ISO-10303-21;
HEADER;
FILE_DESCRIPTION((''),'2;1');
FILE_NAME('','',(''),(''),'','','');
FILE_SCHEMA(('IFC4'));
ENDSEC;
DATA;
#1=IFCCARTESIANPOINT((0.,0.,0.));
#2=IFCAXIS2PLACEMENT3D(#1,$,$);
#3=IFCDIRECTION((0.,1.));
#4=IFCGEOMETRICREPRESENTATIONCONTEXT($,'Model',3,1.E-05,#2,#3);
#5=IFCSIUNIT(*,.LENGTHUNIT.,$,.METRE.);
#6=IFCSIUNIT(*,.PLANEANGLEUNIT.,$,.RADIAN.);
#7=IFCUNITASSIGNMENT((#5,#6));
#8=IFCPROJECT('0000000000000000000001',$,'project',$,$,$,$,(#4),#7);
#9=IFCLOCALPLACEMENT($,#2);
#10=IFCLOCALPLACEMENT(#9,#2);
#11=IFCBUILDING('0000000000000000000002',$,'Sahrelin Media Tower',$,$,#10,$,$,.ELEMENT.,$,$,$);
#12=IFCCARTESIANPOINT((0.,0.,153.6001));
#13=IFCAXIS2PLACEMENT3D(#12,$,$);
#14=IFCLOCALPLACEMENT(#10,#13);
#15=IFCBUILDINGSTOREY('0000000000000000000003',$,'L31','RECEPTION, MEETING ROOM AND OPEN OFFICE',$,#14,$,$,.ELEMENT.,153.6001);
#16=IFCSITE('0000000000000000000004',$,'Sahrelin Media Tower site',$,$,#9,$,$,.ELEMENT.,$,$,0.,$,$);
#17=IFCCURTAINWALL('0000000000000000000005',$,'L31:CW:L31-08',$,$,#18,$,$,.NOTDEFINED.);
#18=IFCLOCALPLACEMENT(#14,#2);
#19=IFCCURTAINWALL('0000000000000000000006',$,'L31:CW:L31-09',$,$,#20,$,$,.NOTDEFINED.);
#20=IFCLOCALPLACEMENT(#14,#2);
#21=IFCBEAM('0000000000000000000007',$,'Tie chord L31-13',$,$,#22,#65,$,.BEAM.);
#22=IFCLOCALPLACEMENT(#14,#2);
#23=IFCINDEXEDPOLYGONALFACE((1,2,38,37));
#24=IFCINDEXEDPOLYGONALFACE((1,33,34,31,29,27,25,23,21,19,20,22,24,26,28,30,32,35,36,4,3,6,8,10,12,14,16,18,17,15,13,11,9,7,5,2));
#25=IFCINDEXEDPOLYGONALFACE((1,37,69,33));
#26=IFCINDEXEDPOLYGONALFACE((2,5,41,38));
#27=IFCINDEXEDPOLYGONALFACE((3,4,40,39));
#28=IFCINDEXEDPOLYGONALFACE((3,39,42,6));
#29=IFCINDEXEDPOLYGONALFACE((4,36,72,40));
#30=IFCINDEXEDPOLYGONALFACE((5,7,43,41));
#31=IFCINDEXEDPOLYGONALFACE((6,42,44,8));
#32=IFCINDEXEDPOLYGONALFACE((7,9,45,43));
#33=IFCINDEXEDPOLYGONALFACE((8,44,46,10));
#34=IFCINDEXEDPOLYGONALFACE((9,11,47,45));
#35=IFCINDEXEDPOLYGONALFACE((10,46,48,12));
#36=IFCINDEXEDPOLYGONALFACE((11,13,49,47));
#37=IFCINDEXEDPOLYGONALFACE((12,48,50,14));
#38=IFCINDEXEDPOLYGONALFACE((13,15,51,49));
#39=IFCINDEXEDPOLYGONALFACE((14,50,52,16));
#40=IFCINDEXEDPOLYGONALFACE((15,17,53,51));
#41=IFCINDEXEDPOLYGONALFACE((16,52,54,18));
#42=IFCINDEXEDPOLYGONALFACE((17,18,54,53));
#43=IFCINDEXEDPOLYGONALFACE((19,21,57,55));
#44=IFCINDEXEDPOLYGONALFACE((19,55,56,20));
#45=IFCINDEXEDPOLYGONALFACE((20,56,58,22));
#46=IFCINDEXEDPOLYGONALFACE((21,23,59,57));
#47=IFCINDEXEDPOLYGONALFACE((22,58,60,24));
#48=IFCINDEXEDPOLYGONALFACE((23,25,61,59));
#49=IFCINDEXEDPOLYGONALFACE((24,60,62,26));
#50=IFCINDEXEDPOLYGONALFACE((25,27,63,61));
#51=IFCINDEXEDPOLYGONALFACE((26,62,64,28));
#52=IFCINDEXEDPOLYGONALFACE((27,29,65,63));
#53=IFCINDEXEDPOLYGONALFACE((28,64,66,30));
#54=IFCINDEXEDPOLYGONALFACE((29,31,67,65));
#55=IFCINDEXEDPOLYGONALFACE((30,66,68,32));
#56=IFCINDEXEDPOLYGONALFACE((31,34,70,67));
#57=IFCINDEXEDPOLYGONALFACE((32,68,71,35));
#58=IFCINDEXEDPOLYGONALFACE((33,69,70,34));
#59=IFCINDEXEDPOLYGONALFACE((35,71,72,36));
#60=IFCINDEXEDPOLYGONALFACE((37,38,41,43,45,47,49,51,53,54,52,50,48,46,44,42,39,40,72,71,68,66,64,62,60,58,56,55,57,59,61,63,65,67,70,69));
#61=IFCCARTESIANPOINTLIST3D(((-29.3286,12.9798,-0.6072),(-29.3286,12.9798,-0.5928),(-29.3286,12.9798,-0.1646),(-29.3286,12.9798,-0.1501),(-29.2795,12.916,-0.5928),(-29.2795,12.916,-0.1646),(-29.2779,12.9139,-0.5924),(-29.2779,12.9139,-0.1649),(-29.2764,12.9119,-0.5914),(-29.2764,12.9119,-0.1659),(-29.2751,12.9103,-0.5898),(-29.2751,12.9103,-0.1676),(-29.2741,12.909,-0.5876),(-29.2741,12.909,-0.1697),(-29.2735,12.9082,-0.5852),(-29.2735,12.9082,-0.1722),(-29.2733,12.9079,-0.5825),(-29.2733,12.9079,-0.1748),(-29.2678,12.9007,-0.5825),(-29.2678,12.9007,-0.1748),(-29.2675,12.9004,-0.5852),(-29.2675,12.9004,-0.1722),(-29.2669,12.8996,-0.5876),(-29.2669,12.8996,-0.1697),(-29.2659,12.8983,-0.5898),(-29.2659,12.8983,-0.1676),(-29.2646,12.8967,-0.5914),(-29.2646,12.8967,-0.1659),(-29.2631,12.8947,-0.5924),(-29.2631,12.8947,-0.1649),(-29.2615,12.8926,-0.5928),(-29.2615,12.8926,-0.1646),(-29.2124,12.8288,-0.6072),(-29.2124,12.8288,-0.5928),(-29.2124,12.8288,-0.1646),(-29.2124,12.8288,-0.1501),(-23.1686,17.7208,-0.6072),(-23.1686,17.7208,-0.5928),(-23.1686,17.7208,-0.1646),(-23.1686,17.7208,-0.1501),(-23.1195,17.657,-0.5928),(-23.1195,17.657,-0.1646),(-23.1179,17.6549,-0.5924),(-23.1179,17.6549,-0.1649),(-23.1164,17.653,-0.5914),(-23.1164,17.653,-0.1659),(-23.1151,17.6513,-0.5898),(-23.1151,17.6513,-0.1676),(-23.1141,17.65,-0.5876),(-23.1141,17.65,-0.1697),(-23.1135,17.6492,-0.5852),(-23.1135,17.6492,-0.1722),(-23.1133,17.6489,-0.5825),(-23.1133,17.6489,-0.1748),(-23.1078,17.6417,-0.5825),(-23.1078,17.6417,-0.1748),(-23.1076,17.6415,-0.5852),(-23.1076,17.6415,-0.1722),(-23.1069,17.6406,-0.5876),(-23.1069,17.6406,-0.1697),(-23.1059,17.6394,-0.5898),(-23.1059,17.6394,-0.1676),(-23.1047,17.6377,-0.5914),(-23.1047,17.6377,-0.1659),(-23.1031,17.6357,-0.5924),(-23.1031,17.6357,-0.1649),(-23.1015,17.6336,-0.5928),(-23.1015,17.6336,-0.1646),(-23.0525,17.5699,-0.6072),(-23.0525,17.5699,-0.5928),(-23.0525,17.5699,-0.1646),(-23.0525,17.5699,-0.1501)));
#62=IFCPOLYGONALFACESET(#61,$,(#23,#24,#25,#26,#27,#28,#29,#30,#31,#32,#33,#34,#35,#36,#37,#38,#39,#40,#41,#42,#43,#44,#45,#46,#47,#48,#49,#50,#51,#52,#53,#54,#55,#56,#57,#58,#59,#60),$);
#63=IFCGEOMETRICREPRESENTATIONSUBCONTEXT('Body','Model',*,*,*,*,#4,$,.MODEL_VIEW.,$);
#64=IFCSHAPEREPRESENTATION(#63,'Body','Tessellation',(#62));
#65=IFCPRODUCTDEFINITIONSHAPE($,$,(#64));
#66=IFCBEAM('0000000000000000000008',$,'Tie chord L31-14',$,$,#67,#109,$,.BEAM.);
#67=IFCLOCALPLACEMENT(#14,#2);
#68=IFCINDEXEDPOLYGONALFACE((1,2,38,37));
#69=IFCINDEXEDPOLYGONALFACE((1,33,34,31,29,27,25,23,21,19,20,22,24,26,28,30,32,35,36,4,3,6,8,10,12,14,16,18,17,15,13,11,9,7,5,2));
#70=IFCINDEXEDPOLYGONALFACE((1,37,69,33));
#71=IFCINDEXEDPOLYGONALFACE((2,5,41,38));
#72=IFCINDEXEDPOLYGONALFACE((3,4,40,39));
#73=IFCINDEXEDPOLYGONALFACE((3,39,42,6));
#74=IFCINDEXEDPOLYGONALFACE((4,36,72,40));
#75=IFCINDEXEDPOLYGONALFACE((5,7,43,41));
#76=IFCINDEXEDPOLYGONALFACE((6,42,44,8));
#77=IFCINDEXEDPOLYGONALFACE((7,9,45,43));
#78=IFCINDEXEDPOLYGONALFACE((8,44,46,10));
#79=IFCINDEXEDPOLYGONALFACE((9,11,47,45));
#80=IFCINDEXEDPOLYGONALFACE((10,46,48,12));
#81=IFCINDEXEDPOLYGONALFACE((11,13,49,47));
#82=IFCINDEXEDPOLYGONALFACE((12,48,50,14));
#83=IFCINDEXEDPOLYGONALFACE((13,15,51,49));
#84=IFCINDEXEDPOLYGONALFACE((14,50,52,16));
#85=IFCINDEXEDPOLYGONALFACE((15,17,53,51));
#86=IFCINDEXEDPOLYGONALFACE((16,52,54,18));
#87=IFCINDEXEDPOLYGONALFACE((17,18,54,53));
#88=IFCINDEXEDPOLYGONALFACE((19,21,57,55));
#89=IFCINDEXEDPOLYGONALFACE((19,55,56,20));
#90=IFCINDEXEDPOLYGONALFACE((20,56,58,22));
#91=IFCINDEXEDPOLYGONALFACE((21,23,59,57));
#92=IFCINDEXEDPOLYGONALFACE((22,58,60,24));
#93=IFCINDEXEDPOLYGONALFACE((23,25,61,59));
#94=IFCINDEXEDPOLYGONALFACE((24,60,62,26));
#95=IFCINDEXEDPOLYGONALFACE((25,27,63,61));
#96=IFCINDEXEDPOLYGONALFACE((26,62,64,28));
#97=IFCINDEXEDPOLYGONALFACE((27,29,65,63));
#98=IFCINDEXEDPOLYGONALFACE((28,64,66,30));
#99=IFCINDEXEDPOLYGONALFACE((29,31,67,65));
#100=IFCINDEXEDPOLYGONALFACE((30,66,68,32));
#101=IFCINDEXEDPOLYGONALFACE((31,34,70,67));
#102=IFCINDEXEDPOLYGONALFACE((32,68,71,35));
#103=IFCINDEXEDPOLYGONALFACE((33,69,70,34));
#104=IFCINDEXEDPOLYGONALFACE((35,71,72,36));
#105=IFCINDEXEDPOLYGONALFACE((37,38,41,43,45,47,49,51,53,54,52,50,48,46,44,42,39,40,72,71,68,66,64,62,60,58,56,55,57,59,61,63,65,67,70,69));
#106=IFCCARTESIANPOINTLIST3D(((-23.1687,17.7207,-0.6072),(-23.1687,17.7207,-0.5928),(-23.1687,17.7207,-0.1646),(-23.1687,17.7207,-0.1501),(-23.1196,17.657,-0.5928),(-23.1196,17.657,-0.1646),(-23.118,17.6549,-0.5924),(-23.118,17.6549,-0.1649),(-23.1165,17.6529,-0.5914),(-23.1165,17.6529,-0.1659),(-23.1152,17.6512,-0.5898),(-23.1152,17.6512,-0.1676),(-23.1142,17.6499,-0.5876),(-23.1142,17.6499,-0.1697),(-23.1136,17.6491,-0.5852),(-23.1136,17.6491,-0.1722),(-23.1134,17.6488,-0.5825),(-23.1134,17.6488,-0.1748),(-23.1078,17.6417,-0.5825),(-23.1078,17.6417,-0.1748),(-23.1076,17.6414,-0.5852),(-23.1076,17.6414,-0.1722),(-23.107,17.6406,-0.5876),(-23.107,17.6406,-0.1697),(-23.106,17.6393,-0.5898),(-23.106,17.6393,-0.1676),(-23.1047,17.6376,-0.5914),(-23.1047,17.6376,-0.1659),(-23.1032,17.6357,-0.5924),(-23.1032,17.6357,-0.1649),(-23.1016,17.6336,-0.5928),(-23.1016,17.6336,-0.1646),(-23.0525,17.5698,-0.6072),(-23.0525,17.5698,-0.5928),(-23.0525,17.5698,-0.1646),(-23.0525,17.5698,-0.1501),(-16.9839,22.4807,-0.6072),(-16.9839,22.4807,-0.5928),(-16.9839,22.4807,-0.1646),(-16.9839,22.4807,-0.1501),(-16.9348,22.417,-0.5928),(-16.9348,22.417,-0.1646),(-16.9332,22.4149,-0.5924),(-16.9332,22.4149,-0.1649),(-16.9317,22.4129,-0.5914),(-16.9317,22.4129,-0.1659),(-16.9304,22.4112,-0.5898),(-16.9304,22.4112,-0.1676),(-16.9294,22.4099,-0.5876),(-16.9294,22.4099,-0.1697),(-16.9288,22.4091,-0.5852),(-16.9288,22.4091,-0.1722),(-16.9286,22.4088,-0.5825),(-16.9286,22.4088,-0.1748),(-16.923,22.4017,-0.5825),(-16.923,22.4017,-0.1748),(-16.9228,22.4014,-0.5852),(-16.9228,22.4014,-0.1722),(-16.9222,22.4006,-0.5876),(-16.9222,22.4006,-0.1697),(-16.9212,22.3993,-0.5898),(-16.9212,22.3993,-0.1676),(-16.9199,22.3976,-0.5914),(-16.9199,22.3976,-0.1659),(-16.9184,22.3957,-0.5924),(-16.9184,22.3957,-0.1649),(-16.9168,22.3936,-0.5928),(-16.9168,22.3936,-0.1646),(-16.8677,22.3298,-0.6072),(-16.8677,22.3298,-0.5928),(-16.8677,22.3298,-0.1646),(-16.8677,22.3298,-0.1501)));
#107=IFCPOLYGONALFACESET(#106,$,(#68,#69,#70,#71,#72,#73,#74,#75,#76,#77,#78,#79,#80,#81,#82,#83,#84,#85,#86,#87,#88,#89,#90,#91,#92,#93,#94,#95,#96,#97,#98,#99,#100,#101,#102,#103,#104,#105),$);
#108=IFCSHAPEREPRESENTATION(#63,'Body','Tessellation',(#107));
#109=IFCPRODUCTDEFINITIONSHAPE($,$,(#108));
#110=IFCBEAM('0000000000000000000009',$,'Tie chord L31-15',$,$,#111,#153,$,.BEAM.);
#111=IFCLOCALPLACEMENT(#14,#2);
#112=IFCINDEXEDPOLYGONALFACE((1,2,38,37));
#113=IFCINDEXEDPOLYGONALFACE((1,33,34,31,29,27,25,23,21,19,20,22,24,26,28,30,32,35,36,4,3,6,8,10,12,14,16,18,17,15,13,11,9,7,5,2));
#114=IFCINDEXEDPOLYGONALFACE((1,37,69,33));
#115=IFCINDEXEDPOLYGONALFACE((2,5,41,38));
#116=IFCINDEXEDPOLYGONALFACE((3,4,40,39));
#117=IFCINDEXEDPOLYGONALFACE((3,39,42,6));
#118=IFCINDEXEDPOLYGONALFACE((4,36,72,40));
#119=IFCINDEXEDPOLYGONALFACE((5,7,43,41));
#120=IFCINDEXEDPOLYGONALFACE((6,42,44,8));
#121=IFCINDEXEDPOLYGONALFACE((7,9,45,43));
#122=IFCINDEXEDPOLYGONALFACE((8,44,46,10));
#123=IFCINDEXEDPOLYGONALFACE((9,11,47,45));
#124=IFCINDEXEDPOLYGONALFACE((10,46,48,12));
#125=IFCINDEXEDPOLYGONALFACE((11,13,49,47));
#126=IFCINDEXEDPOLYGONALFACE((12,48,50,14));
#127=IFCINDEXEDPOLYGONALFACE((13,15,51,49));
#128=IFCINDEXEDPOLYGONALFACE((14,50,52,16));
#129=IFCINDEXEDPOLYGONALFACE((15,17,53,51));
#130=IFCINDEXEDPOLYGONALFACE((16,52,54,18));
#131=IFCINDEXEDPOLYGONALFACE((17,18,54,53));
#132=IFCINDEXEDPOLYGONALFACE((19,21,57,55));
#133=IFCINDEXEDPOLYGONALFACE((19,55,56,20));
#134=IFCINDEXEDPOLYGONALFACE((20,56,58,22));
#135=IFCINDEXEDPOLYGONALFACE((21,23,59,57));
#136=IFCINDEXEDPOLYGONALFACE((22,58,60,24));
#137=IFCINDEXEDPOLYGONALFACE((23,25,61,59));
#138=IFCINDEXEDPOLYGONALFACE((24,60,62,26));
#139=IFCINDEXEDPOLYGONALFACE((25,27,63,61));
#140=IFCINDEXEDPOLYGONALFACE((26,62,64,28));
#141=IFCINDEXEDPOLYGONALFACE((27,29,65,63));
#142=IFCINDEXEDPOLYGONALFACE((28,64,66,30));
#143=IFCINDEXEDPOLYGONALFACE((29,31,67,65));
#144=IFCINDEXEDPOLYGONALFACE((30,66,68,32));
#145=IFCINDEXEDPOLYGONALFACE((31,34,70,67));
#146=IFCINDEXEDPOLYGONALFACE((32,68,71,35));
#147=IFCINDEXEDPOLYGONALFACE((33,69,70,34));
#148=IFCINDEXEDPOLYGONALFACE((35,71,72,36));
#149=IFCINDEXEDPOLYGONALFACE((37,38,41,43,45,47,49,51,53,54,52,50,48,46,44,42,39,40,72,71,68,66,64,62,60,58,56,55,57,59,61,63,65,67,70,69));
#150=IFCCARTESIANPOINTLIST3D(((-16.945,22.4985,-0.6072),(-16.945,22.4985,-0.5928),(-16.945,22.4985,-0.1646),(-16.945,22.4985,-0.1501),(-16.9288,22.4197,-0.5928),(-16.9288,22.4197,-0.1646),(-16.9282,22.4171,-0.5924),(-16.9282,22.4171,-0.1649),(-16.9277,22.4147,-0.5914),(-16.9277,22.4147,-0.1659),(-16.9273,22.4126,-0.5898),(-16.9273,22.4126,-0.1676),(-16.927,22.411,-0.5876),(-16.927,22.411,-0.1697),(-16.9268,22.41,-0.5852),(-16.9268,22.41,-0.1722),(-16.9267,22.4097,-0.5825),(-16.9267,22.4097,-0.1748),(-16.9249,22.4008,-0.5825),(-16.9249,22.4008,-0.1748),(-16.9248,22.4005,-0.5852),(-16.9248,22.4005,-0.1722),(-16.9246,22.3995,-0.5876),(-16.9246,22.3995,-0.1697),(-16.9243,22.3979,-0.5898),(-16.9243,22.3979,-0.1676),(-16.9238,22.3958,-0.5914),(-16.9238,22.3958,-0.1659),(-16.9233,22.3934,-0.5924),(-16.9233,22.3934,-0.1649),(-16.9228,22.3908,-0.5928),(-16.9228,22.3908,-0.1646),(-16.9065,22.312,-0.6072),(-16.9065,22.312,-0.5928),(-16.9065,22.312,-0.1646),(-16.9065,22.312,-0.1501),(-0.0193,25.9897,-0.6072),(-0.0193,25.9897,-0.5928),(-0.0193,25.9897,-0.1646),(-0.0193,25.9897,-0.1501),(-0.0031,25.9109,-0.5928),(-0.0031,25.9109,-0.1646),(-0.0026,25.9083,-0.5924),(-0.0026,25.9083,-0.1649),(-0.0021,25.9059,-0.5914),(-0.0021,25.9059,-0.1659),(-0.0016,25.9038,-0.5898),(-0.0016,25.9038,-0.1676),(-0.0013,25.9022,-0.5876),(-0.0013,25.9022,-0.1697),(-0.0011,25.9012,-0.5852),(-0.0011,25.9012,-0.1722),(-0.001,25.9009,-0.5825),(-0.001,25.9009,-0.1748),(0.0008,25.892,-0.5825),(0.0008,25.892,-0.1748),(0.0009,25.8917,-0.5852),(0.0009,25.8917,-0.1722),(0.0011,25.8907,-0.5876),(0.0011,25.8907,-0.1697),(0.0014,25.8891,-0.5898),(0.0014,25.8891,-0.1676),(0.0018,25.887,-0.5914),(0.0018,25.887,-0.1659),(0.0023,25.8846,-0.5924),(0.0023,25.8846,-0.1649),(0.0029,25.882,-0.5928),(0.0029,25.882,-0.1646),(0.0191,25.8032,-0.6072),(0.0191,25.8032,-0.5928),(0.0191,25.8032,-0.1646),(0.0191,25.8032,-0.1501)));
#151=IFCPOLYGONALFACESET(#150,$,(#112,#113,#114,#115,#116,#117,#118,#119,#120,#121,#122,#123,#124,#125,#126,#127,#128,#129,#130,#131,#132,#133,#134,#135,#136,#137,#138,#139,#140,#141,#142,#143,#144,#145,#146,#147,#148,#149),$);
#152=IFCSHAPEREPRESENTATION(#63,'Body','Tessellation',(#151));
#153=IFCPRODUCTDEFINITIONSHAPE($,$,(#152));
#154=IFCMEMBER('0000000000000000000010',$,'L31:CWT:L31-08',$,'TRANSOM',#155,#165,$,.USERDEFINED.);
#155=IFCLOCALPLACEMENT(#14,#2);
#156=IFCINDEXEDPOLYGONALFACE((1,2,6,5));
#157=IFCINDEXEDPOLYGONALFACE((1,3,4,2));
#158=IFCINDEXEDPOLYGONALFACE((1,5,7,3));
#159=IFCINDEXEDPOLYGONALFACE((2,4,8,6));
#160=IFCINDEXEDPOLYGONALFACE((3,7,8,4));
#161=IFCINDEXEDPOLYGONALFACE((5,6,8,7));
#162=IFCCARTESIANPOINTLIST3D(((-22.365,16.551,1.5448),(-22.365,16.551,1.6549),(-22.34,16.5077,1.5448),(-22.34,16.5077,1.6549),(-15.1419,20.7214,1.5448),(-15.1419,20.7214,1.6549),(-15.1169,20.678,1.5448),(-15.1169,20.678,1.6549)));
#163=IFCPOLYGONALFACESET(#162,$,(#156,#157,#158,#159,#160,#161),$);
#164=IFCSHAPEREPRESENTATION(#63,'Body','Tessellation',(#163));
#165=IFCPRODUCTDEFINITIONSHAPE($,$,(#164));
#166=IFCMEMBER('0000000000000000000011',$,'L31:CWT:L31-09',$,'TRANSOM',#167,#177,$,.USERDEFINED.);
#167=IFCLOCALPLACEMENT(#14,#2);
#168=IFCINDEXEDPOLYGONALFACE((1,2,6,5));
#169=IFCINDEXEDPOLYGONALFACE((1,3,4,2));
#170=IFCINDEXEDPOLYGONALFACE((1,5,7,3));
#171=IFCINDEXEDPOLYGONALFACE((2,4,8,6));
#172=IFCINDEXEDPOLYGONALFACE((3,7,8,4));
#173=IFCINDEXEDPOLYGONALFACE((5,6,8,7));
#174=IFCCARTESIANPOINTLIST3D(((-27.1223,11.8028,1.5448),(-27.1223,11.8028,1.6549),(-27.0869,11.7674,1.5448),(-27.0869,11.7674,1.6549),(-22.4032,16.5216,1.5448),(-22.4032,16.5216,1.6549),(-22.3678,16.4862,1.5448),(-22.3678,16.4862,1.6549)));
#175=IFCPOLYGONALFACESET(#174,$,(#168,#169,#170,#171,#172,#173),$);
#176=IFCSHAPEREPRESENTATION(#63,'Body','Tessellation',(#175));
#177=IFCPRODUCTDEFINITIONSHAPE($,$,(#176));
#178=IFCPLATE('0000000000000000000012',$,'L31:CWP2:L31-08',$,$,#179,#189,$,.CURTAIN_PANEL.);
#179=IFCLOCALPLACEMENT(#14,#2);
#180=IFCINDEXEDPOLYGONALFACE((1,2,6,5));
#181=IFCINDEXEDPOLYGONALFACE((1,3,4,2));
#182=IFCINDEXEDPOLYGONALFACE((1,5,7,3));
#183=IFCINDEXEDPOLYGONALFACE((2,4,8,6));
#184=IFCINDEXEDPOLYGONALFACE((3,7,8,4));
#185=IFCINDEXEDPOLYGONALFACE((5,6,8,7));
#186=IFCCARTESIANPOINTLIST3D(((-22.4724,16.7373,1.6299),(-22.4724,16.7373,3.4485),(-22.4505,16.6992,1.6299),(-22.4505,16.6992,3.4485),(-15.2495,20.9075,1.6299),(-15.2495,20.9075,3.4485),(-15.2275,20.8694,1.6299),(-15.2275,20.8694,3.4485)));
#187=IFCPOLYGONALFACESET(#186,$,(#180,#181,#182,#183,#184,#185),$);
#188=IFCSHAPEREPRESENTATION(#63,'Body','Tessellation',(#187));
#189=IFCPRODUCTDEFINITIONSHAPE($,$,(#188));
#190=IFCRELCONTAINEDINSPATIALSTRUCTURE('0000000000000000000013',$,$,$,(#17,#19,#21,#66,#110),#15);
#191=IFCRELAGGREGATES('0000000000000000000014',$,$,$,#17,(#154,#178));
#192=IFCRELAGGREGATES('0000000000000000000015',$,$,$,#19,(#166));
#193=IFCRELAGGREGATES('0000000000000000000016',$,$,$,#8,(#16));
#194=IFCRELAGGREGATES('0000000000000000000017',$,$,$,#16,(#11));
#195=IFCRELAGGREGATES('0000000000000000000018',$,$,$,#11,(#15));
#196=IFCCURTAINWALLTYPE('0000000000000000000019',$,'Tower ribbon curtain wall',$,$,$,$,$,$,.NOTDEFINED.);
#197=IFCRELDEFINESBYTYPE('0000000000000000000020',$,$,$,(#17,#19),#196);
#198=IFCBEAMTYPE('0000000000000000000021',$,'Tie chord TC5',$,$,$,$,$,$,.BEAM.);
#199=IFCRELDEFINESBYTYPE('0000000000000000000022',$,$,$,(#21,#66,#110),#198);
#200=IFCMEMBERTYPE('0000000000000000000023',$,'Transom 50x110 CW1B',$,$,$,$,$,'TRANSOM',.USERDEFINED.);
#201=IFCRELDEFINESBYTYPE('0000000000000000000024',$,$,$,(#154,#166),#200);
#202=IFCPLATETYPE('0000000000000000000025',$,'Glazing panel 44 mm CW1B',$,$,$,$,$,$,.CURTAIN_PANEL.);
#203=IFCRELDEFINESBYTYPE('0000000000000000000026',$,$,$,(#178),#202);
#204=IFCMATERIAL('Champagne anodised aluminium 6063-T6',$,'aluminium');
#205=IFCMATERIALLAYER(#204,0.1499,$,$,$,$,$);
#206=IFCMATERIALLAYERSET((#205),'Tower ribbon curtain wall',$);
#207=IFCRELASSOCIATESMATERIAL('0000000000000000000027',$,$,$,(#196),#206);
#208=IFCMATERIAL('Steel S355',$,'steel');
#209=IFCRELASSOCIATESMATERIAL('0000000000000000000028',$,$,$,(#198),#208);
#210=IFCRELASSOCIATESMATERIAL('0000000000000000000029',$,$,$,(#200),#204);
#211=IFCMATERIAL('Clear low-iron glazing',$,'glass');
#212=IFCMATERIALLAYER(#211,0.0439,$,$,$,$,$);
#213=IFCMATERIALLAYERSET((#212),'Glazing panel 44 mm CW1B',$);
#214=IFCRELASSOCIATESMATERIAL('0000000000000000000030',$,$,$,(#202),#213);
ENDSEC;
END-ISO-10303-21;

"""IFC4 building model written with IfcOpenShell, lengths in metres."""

from ifc_helpers import new_model, si_unit, direction, frame, origin, origin_2d, place, context, subcontext, project, spatial, polyline, rectangle, i_section, outline, extrude, material, layer, layer_set, material_profile, profile_set, type_object, element, aggregate, save


model = new_model("IFC4")

# Units and contexts
model_context = context("Model", 3, precision=1e-05, world=origin(), true_north=direction((0.0, 1.0)))
body_context = subcontext(model_context, "Body", "Model", "MODEL_VIEW")
ifc_project = project(units=[si_unit("LENGTHUNIT", "METRE"), si_unit("PLANEANGLEUNIT", "RADIAN")], contexts=[model_context])

# Site, building, storey
site_placement = place(None, origin())
site = spatial("IfcSite", under=ifc_project, at=site_placement, Name="Sahrelin Media Tower site", CompositionType="ELEMENT", RefElevation=0.0)
building_placement = place(site_placement, origin())
building = spatial("IfcBuilding", under=site, at=building_placement, Name="Sahrelin Media Tower", CompositionType="ELEMENT")
storey_placement = place(building_placement, frame((0.0, 0.0, 153.6001)))
storey = spatial("IfcBuildingStorey", under=building, at=storey_placement, Name="L31", Description="RECEPTION, MEETING ROOM AND OPEN OFFICE", CompositionType="ELEMENT", Elevation=153.6001)

# Shared definitions
ifc_material_1 = material(Name="Steel S355", Category="steel")

# Curtain walls
ifc_material_2 = material(Name="Champagne anodised aluminium 6063-T6", Category="aluminium")
ifc_layer_1 = layer(ifc_material_2, 0.1499)
ifc_layer_set_1 = layer_set([ifc_layer_1], Name="Tower ribbon curtain wall")
curtain_wall_type = type_object("IfcCurtainWallType", Name="Tower ribbon curtain wall", PredefinedType="NOTDEFINED", material=ifc_layer_set_1)
curtain_wall_1_placement = place(storey_placement, frame((-18.8511, 18.8049, 0.0), z_axis=(0.0, 0.0, 1.0), x_axis=(1.0, 0.0, 0.0)))
curtain_wall_1 = element("IfcCurtainWall", 1, at=curtain_wall_1_placement, inside=storey, type_object=curtain_wall_type, Name="L31:CW:L31-08", PredefinedType="NOTDEFINED")
curtain_wall_2_placement = place(storey_placement, frame((-24.9004, 14.3, 0.0), z_axis=(0.0, 0.0, 1.0), x_axis=(1.0, 0.0, 0.0)))
curtain_wall_2 = element("IfcCurtainWall", 2, at=curtain_wall_2_placement, inside=storey, type_object=curtain_wall_type, Name="L31:CW:L31-09", PredefinedType="NOTDEFINED")

# Beams
ifc_material_profile_1 = material_profile(ifc_material_1, i_section(OverallWidth=0.1904, OverallDepth=0.457, WebThickness=0.009, FlangeThickness=0.0144, FilletRadius=0.0103, at=origin_2d()), Name="UB 457x191x74")
ifc_profile_set_1 = profile_set([ifc_material_profile_1], Name="Steel S355")
beam_type_1 = type_object("IfcBeamType", Name="Tie chord TC5", PredefinedType="BEAM", material=ifc_profile_set_1)
beam_1_placement = place(storey_placement, frame((-29.2705, 12.9043, -0.3787), z_axis=(0.792464, 0.609919, 0.0), x_axis=(-0.609919, 0.792464, 0.0)))
element("IfcBeam", 3, at=beam_1_placement, inside=storey, type_object=beam_type_1, Name="Tie chord L31-13", PredefinedType="BEAM", context=body_context, shape_type="SweptSolid", body=[
    extrude(i_section(OverallWidth=0.1904, OverallDepth=0.457, WebThickness=0.009, FlangeThickness=0.0144, FilletRadius=0.0103, at=origin_2d()), origin(), (0.0, 0.0, 1.0), 7.7732),
])
beam_2_placement = place(storey_placement, frame((-23.1106, 17.6453, -0.3787), z_axis=(0.792472, 0.609909, 0.0), x_axis=(-0.609909, 0.792472, 0.0)))
element("IfcBeam", 4, at=beam_2_placement, inside=storey, type_object=beam_type_1, Name="Tie chord L31-14", PredefinedType="BEAM", context=body_context, shape_type="SweptSolid", body=[
    extrude(i_section(OverallWidth=0.1904, OverallDepth=0.457, WebThickness=0.009, FlangeThickness=0.0144, FilletRadius=0.0103, at=origin_2d()), origin(), (0.0, 0.0, 1.0), 7.8044),
])
beam_3_placement = place(storey_placement, frame((-16.9258, 22.4053, -0.3787), z_axis=(0.979383, 0.202013, 0.0), x_axis=(-0.202013, 0.979383, 0.0)))
element("IfcBeam", 5, at=beam_3_placement, inside=storey, type_object=beam_type_1, Name="Tie chord L31-15", PredefinedType="BEAM", context=body_context, shape_type="SweptSolid", body=[
    extrude(i_section(OverallWidth=0.1904, OverallDepth=0.457, WebThickness=0.009, FlangeThickness=0.0144, FilletRadius=0.0103, at=origin_2d()), origin(), (0.0, 0.0, 1.0), 17.282),
])

# Members
ifc_material_profile_2 = material_profile(ifc_material_2, rectangle(XDim=0.05, YDim=0.1101, at=origin_2d()), Name="Transom 50x110")
ifc_profile_set_2 = profile_set([ifc_material_profile_2], Name="Champagne anodised aluminium 6063-T6")
member_type_1 = type_object("IfcMemberType", Name="Transom 50x110 CW1B", ElementType="TRANSOM", PredefinedType="USERDEFINED", material=ifc_profile_set_2)
member_1_placement = place(storey_placement, frame((-15.1294, 20.6997, 1.5999), z_axis=(-0.866019, -0.500011, 0.0), x_axis=(0.500011, -0.866019, 0.0)))
member_1 = element("IfcMember", 6, at=member_1_placement, type_object=member_type_1, Name="L31:CWT:L31-08", ObjectType="TRANSOM", PredefinedType="USERDEFINED", context=body_context, shape_type="SweptSolid", body=[
    extrude(rectangle(XDim=0.05, YDim=0.1101, at=origin_2d()), origin(), (0.0, 0.0, 1.0), 8.3406),
])
member_2_placement = place(storey_placement, frame((-22.3855, 16.5039, 1.5999), z_axis=(-0.707125, -0.707088, 0.0), x_axis=(0.707088, -0.707125, 0.0)))
member_2 = element("IfcMember", 7, at=member_2_placement, type_object=member_type_1, Name="L31:CWT:L31-09", ObjectType="TRANSOM", PredefinedType="USERDEFINED", context=body_context, shape_type="SweptSolid", body=[
    extrude(rectangle(XDim=0.05, YDim=0.1101, at=origin_2d()), origin(), (0.0, 0.0, 1.0), 6.6736),
])

# Plate
ifc_material_3 = material(Name="Clear low-iron glazing", Category="glass")
ifc_layer_2 = layer(ifc_material_3, 0.0439)
ifc_layer_set_2 = layer_set([ifc_layer_2], Name="Glazing panel 44 mm CW1B")
plate_type_1 = type_object("IfcPlateType", Name="Glazing panel 44 mm CW1B", PredefinedType="CURTAIN_PANEL", material=ifc_layer_set_2)
plate_1_placement = place(storey_placement, frame((-15.2495, 20.9075, 1.6299), z_axis=(-0.500002, 0.866024, 0.0), x_axis=(-0.866024, -0.500002, 0.0)))
plate_1 = element("IfcPlate", 8, at=plate_1_placement, type_object=plate_type_1, Name="L31:CWP2:L31-08", PredefinedType="CURTAIN_PANEL", context=body_context, shape_type="SweptSolid", body=[
    extrude(outline(polyline([(0.0, 0.0), (8.3403, 0.0), (8.3403, 1.8186), (0.0, 1.8186), (0.0, 0.0)])), origin(), (0.0, 0.0, -1.0), 0.0439),
])

aggregate(curtain_wall_1, [member_1, plate_1])
aggregate(curtain_wall_2, [member_2])

save(model, "model.ifc")
